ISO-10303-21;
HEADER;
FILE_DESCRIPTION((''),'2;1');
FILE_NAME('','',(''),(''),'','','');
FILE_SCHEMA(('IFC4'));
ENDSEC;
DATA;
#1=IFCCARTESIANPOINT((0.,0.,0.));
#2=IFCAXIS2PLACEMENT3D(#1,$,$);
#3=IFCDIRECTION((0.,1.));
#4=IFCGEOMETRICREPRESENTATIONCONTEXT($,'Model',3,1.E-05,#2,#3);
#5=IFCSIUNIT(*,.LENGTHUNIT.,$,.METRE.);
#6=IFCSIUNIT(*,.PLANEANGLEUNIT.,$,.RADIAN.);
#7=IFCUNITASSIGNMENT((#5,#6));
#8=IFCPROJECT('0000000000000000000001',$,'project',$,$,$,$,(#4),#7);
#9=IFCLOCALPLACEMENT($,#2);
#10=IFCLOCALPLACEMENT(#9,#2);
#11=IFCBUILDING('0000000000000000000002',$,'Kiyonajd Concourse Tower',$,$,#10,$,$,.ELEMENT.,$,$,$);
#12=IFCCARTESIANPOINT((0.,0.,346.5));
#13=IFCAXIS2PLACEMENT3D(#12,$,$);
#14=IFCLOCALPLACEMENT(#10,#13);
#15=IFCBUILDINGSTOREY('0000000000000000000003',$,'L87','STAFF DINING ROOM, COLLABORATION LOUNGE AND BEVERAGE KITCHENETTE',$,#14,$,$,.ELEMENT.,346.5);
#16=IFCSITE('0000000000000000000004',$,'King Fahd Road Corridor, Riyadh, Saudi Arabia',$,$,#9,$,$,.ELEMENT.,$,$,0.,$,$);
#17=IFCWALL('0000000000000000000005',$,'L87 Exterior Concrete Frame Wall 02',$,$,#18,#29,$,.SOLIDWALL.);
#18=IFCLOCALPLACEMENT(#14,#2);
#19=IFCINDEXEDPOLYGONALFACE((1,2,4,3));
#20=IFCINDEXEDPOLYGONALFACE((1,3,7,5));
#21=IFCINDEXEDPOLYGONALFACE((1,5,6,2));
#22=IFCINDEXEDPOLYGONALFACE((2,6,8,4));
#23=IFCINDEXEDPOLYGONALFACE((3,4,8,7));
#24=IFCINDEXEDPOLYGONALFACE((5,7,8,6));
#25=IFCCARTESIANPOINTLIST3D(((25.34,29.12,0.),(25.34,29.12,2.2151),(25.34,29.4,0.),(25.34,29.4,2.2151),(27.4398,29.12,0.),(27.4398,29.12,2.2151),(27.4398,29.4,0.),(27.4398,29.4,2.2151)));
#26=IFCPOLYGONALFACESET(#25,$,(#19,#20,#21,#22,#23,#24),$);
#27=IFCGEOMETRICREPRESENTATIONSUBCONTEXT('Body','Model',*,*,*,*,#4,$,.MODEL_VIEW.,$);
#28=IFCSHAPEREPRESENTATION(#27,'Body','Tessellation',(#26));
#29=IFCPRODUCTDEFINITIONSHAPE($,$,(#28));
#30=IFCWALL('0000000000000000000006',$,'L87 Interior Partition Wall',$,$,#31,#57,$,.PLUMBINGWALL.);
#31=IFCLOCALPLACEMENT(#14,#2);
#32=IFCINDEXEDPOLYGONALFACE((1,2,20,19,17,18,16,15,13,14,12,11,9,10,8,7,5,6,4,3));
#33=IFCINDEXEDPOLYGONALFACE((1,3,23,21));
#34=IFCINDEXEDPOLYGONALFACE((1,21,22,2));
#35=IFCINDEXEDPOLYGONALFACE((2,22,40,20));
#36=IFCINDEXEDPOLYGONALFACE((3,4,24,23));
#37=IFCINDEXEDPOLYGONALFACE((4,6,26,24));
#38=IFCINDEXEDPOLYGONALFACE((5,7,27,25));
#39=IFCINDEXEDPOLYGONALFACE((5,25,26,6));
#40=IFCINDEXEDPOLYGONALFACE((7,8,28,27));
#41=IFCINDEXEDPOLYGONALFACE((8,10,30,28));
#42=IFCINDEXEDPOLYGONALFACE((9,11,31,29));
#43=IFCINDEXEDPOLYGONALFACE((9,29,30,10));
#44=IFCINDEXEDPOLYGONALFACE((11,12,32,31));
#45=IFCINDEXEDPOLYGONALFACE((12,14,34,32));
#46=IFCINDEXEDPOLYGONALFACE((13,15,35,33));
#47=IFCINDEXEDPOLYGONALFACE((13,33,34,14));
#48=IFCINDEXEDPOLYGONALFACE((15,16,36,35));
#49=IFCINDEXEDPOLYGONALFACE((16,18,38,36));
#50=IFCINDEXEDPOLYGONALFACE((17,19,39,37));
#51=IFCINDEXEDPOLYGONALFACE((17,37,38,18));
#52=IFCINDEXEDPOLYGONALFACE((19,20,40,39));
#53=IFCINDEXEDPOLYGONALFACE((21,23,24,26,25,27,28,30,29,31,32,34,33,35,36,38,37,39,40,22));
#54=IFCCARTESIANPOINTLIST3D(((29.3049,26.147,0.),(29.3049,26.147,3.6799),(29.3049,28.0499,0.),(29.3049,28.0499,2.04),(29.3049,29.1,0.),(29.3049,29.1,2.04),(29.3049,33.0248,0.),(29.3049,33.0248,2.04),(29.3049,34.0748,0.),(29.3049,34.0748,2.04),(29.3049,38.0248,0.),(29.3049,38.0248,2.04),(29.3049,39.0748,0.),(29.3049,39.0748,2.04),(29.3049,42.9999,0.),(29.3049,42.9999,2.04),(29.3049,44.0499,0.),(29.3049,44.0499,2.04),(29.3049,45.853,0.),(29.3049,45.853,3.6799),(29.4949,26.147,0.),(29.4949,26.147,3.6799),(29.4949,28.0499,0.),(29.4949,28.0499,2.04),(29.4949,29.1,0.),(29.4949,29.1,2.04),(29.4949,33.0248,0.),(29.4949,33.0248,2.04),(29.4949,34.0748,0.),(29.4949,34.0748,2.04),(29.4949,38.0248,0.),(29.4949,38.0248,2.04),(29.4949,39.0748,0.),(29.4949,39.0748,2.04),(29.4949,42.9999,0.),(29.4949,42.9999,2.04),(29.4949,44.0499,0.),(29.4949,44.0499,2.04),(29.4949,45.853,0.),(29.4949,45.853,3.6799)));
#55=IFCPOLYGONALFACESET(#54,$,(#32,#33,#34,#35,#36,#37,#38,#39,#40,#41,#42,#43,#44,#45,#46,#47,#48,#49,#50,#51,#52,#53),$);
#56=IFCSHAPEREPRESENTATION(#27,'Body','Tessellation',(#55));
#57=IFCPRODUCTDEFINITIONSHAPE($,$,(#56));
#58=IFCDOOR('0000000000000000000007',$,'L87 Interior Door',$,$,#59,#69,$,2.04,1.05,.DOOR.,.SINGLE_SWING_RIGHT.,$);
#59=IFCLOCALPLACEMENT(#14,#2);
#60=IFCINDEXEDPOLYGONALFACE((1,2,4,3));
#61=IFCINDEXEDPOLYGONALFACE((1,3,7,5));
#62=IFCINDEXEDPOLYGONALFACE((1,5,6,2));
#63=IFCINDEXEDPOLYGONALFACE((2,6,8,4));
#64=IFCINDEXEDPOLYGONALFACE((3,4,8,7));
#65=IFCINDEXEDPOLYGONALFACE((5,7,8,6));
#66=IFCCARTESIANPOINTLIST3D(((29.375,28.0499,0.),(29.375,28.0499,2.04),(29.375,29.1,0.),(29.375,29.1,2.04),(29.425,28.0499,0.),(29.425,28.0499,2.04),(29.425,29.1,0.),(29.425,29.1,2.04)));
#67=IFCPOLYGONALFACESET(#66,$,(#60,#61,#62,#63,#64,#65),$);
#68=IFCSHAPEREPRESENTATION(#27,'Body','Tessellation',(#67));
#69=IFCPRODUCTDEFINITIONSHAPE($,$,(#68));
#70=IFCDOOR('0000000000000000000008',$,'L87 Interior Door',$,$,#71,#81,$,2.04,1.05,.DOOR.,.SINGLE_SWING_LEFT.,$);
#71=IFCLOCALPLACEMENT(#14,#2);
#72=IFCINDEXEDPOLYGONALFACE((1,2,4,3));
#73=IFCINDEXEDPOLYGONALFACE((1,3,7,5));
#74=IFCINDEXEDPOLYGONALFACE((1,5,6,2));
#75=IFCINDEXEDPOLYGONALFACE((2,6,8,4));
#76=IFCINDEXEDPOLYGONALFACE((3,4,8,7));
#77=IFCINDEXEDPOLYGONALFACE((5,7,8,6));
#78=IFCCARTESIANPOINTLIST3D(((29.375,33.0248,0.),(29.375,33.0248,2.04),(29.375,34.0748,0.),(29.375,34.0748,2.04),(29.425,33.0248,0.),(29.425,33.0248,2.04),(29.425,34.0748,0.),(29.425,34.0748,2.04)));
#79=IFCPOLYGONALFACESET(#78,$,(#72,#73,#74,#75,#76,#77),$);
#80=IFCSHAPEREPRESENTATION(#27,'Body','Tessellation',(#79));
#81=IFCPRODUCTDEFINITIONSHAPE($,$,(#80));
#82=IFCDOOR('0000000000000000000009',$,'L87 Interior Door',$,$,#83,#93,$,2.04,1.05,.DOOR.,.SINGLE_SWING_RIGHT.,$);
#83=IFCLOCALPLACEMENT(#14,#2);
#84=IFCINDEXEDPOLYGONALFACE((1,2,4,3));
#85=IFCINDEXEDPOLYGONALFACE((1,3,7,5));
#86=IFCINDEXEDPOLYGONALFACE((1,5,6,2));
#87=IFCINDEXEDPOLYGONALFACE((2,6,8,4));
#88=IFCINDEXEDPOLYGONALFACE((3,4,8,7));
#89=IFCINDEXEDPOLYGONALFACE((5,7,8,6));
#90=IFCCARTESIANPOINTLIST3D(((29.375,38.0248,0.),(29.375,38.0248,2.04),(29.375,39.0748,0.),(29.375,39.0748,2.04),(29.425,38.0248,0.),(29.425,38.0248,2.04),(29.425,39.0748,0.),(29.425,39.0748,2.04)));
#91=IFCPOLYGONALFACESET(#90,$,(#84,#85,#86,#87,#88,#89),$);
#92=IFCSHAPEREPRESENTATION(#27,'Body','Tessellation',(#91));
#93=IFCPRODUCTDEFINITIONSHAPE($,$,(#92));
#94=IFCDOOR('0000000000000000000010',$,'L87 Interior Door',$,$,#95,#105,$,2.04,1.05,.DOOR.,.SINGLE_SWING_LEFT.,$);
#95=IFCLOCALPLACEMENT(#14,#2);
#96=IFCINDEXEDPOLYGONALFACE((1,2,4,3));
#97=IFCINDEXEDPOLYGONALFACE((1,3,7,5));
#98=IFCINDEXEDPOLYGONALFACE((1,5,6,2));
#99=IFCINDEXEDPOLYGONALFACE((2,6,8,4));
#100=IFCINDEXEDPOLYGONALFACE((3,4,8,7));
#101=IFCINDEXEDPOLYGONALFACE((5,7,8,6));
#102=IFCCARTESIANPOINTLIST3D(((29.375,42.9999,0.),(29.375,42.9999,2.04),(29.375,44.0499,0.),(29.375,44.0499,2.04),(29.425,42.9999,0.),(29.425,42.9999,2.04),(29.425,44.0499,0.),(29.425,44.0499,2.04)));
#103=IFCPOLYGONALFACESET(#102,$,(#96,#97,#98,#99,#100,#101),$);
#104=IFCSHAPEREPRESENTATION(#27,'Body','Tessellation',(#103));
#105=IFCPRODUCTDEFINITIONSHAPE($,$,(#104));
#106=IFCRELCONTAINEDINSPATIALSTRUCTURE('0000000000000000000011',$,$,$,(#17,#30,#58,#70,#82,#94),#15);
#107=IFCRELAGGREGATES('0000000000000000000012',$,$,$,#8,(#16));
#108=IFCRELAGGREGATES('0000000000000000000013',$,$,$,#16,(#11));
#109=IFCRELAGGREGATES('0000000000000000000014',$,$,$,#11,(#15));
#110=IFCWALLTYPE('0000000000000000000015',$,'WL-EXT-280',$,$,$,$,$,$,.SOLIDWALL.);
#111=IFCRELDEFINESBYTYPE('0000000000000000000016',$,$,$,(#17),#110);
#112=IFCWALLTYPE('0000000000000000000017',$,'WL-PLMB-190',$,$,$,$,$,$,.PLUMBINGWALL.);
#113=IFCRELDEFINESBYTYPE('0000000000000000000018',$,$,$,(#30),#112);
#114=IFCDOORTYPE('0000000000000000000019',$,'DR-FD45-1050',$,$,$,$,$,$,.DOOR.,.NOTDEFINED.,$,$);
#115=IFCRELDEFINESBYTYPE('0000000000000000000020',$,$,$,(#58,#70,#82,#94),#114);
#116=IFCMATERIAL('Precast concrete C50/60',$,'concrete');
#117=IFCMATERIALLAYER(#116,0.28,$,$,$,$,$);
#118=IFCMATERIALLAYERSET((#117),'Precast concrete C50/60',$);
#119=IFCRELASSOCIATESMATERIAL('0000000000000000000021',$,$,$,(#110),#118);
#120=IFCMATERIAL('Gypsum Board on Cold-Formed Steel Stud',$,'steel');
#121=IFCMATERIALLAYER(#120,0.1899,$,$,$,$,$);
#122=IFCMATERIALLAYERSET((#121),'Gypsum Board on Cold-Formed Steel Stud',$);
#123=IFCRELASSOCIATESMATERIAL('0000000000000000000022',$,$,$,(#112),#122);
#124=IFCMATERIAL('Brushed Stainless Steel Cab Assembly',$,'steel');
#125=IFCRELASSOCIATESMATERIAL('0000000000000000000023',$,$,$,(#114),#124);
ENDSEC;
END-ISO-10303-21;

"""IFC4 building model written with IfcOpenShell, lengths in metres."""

from ifc_helpers import new_model, si_unit, direction, frame, frame_2d, origin, place, context, subcontext, project, spatial, rectangle, extrude, material, layer, layer_set, type_object, element, fill, save


model = new_model("IFC4")

# Units and contexts
model_context = context("Model", 3, precision=1e-05, world=origin(), true_north=direction((0.0, 1.0)))
body_context = subcontext(model_context, "Body", "Model", "MODEL_VIEW")
ifc_project = project(units=[si_unit("LENGTHUNIT", "METRE"), si_unit("PLANEANGLEUNIT", "RADIAN")], contexts=[model_context])

# Site, building, storey
site_placement = place(None, origin())
site = spatial("IfcSite", under=ifc_project, at=site_placement, Name="King Fahd Road Corridor, Riyadh, Saudi Arabia", CompositionType="ELEMENT", RefElevation=0.0)
building_placement = place(site_placement, origin())
building = spatial("IfcBuilding", under=site, at=building_placement, Name="Kiyonajd Concourse Tower", CompositionType="ELEMENT")
storey_placement = place(building_placement, frame((0.0, 0.0, 346.5)))
storey = spatial("IfcBuildingStorey", under=building, at=storey_placement, Name="L87", Description="STAFF DINING ROOM, COLLABORATION LOUNGE AND BEVERAGE KITCHENETTE", CompositionType="ELEMENT", Elevation=346.5)

# Wall
ifc_material_1 = material(Name="Precast concrete C50/60", Category="concrete")
ifc_layer_1 = layer(ifc_material_1, 0.28)
ifc_layer_set_1 = layer_set([ifc_layer_1], Name="Precast concrete C50/60")
wall_type_1 = type_object("IfcWallType", Name="WL-EXT-280", PredefinedType="SOLIDWALL", material=ifc_layer_set_1)
wall_1_placement = place(storey_placement, frame((25.3401, 29.26, 0.0), z_axis=(0.0, 0.0, 1.0), x_axis=(1.0, 0.0, 0.0)))
element("IfcWall", 1, at=wall_1_placement, inside=storey, type_object=wall_type_1, Name="L87 Exterior Concrete Frame Wall 02", PredefinedType="SOLIDWALL", context=body_context, shape_type="SweptSolid", body=[
    extrude(rectangle(XDim=2.0999, YDim=0.28, at=frame_2d((1.0498, 0.0))), origin(), (0.0, 0.0, 1.0), 2.2151),
])

# Wall, openings, doors
ifc_material_2 = material(Name="Gypsum Board on Cold-Formed Steel Stud", Category="steel")
ifc_layer_2 = layer(ifc_material_2, 0.1899)
ifc_layer_set_2 = layer_set([ifc_layer_2], Name="Gypsum Board on Cold-Formed Steel Stud")
wall_type_2 = type_object("IfcWallType", Name="WL-PLMB-190", PredefinedType="PLUMBINGWALL", material=ifc_layer_set_2)
ifc_material_3 = material(Name="Brushed Stainless Steel Cab Assembly", Category="steel")
door_type = type_object("IfcDoorType", Name="DR-FD45-1050", OperationType="NOTDEFINED", PredefinedType="DOOR", material=ifc_material_3)
wall_2_placement = place(storey_placement, frame((29.3999, 26.147, 0.0), z_axis=(0.0, 0.0, 1.0), x_axis=(0.0, 1.0, 0.0)))
wall_2 = element("IfcWall", 2, at=wall_2_placement, inside=storey, type_object=wall_type_2, Name="L87 Interior Partition Wall", PredefinedType="PLUMBINGWALL", context=body_context, shape_type="SweptSolid", body=[
    extrude(rectangle(XDim=19.7061, YDim=0.1899, at=frame_2d((9.853, 0.0))), origin(), (0.0, 0.0, 1.0), 3.6799),
])
opening_1_placement = place(wall_2_placement, frame((1.9031, 0.0, 0.0)))
opening_1 = element("IfcOpeningElement", 3, at=opening_1_placement, cuts=wall_2, PredefinedType="OPENING", context=body_context, shape_type="SweptSolid", body=[
    extrude(rectangle(XDim=1.05, YDim=2.04, at=frame_2d((0.5249, 1.02))), frame((0.0, 0.105, 0.0), z_axis=(0.0, -1.0, 0.0), x_axis=(1.0, 0.0, 0.0)), (0.0, 0.0, 1.0), 0.21),
])
opening_2_placement = place(wall_2_placement, frame((6.8779, 0.0, 0.0)))
opening_2 = element("IfcOpeningElement", 4, at=opening_2_placement, cuts=wall_2, PredefinedType="OPENING", context=body_context, shape_type="SweptSolid", body=[
    extrude(rectangle(XDim=1.05, YDim=2.04, at=frame_2d((0.5249, 1.02))), frame((0.0, 0.105, 0.0), z_axis=(0.0, -1.0, 0.0), x_axis=(1.0, 0.0, 0.0)), (0.0, 0.0, 1.0), 0.21),
])
opening_3_placement = place(wall_2_placement, frame((11.8779, 0.0, 0.0)))
opening_3 = element("IfcOpeningElement", 5, at=opening_3_placement, cuts=wall_2, PredefinedType="OPENING", context=body_context, shape_type="SweptSolid", body=[
    extrude(rectangle(XDim=1.05, YDim=2.04, at=frame_2d((0.5249, 1.02))), frame((0.0, 0.105, 0.0), z_axis=(0.0, -1.0, 0.0), x_axis=(1.0, 0.0, 0.0)), (0.0, 0.0, 1.0), 0.21),
])
opening_4_placement = place(wall_2_placement, frame((16.853, 0.0, 0.0)))
opening_4 = element("IfcOpeningElement", 6, at=opening_4_placement, cuts=wall_2, PredefinedType="OPENING", context=body_context, shape_type="SweptSolid", body=[
    extrude(rectangle(XDim=1.05, YDim=2.04, at=frame_2d((0.5249, 1.02))), frame((0.0, 0.105, 0.0), z_axis=(0.0, -1.0, 0.0), x_axis=(1.0, 0.0, 0.0)), (0.0, 0.0, 1.0), 0.21),
])
door_1_placement = place(opening_1_placement, origin())
door_1 = element("IfcDoor", 7, at=door_1_placement, inside=storey, type_object=door_type, Name="L87 Interior Door", OperationType="SINGLE_SWING_RIGHT", OverallHeight=2.04, OverallWidth=1.05, PredefinedType="DOOR", context=body_context, shape_type="SweptSolid", body=[
    extrude(rectangle(XDim=1.05, YDim=2.04, at=frame_2d((0.5249, 1.02))), frame((0.0, 0.0249, 0.0), z_axis=(0.0, -1.0, 0.0), x_axis=(1.0, 0.0, 0.0)), (0.0, 0.0, 1.0), 0.05),
])
fill(opening_1, door_1)
door_2_placement = place(opening_2_placement, origin())
door_2 = element("IfcDoor", 8, at=door_2_placement, inside=storey, type_object=door_type, Name="L87 Interior Door", OperationType="SINGLE_SWING_LEFT", OverallHeight=2.04, OverallWidth=1.05, PredefinedType="DOOR", context=body_context, shape_type="SweptSolid", body=[
    extrude(rectangle(XDim=1.05, YDim=2.04, at=frame_2d((0.5249, 1.02))), frame((0.0, 0.0249, 0.0), z_axis=(0.0, -1.0, 0.0), x_axis=(1.0, 0.0, 0.0)), (0.0, 0.0, 1.0), 0.05),
])
fill(opening_2, door_2)
door_3_placement = place(opening_3_placement, origin())
door_3 = element("IfcDoor", 9, at=door_3_placement, inside=storey, type_object=door_type, Name="L87 Interior Door", OperationType="SINGLE_SWING_RIGHT", OverallHeight=2.04, OverallWidth=1.05, PredefinedType="DOOR", context=body_context, shape_type="SweptSolid", body=[
    extrude(rectangle(XDim=1.05, YDim=2.04, at=frame_2d((0.5249, 1.02))), frame((0.0, 0.0249, 0.0), z_axis=(0.0, -1.0, 0.0), x_axis=(1.0, 0.0, 0.0)), (0.0, 0.0, 1.0), 0.05),
])
fill(opening_3, door_3)
door_4_placement = place(opening_4_placement, origin())
door_4 = element("IfcDoor", 10, at=door_4_placement, inside=storey, type_object=door_type, Name="L87 Interior Door", OperationType="SINGLE_SWING_LEFT", OverallHeight=2.04, OverallWidth=1.05, PredefinedType="DOOR", context=body_context, shape_type="SweptSolid", body=[
    extrude(rectangle(XDim=1.05, YDim=2.04, at=frame_2d((0.5249, 1.02))), frame((0.0, 0.0249, 0.0), z_axis=(0.0, -1.0, 0.0), x_axis=(1.0, 0.0, 0.0)), (0.0, 0.0, 1.0), 0.05),
])
fill(opening_4, door_4)

save(model, "model.ifc")
